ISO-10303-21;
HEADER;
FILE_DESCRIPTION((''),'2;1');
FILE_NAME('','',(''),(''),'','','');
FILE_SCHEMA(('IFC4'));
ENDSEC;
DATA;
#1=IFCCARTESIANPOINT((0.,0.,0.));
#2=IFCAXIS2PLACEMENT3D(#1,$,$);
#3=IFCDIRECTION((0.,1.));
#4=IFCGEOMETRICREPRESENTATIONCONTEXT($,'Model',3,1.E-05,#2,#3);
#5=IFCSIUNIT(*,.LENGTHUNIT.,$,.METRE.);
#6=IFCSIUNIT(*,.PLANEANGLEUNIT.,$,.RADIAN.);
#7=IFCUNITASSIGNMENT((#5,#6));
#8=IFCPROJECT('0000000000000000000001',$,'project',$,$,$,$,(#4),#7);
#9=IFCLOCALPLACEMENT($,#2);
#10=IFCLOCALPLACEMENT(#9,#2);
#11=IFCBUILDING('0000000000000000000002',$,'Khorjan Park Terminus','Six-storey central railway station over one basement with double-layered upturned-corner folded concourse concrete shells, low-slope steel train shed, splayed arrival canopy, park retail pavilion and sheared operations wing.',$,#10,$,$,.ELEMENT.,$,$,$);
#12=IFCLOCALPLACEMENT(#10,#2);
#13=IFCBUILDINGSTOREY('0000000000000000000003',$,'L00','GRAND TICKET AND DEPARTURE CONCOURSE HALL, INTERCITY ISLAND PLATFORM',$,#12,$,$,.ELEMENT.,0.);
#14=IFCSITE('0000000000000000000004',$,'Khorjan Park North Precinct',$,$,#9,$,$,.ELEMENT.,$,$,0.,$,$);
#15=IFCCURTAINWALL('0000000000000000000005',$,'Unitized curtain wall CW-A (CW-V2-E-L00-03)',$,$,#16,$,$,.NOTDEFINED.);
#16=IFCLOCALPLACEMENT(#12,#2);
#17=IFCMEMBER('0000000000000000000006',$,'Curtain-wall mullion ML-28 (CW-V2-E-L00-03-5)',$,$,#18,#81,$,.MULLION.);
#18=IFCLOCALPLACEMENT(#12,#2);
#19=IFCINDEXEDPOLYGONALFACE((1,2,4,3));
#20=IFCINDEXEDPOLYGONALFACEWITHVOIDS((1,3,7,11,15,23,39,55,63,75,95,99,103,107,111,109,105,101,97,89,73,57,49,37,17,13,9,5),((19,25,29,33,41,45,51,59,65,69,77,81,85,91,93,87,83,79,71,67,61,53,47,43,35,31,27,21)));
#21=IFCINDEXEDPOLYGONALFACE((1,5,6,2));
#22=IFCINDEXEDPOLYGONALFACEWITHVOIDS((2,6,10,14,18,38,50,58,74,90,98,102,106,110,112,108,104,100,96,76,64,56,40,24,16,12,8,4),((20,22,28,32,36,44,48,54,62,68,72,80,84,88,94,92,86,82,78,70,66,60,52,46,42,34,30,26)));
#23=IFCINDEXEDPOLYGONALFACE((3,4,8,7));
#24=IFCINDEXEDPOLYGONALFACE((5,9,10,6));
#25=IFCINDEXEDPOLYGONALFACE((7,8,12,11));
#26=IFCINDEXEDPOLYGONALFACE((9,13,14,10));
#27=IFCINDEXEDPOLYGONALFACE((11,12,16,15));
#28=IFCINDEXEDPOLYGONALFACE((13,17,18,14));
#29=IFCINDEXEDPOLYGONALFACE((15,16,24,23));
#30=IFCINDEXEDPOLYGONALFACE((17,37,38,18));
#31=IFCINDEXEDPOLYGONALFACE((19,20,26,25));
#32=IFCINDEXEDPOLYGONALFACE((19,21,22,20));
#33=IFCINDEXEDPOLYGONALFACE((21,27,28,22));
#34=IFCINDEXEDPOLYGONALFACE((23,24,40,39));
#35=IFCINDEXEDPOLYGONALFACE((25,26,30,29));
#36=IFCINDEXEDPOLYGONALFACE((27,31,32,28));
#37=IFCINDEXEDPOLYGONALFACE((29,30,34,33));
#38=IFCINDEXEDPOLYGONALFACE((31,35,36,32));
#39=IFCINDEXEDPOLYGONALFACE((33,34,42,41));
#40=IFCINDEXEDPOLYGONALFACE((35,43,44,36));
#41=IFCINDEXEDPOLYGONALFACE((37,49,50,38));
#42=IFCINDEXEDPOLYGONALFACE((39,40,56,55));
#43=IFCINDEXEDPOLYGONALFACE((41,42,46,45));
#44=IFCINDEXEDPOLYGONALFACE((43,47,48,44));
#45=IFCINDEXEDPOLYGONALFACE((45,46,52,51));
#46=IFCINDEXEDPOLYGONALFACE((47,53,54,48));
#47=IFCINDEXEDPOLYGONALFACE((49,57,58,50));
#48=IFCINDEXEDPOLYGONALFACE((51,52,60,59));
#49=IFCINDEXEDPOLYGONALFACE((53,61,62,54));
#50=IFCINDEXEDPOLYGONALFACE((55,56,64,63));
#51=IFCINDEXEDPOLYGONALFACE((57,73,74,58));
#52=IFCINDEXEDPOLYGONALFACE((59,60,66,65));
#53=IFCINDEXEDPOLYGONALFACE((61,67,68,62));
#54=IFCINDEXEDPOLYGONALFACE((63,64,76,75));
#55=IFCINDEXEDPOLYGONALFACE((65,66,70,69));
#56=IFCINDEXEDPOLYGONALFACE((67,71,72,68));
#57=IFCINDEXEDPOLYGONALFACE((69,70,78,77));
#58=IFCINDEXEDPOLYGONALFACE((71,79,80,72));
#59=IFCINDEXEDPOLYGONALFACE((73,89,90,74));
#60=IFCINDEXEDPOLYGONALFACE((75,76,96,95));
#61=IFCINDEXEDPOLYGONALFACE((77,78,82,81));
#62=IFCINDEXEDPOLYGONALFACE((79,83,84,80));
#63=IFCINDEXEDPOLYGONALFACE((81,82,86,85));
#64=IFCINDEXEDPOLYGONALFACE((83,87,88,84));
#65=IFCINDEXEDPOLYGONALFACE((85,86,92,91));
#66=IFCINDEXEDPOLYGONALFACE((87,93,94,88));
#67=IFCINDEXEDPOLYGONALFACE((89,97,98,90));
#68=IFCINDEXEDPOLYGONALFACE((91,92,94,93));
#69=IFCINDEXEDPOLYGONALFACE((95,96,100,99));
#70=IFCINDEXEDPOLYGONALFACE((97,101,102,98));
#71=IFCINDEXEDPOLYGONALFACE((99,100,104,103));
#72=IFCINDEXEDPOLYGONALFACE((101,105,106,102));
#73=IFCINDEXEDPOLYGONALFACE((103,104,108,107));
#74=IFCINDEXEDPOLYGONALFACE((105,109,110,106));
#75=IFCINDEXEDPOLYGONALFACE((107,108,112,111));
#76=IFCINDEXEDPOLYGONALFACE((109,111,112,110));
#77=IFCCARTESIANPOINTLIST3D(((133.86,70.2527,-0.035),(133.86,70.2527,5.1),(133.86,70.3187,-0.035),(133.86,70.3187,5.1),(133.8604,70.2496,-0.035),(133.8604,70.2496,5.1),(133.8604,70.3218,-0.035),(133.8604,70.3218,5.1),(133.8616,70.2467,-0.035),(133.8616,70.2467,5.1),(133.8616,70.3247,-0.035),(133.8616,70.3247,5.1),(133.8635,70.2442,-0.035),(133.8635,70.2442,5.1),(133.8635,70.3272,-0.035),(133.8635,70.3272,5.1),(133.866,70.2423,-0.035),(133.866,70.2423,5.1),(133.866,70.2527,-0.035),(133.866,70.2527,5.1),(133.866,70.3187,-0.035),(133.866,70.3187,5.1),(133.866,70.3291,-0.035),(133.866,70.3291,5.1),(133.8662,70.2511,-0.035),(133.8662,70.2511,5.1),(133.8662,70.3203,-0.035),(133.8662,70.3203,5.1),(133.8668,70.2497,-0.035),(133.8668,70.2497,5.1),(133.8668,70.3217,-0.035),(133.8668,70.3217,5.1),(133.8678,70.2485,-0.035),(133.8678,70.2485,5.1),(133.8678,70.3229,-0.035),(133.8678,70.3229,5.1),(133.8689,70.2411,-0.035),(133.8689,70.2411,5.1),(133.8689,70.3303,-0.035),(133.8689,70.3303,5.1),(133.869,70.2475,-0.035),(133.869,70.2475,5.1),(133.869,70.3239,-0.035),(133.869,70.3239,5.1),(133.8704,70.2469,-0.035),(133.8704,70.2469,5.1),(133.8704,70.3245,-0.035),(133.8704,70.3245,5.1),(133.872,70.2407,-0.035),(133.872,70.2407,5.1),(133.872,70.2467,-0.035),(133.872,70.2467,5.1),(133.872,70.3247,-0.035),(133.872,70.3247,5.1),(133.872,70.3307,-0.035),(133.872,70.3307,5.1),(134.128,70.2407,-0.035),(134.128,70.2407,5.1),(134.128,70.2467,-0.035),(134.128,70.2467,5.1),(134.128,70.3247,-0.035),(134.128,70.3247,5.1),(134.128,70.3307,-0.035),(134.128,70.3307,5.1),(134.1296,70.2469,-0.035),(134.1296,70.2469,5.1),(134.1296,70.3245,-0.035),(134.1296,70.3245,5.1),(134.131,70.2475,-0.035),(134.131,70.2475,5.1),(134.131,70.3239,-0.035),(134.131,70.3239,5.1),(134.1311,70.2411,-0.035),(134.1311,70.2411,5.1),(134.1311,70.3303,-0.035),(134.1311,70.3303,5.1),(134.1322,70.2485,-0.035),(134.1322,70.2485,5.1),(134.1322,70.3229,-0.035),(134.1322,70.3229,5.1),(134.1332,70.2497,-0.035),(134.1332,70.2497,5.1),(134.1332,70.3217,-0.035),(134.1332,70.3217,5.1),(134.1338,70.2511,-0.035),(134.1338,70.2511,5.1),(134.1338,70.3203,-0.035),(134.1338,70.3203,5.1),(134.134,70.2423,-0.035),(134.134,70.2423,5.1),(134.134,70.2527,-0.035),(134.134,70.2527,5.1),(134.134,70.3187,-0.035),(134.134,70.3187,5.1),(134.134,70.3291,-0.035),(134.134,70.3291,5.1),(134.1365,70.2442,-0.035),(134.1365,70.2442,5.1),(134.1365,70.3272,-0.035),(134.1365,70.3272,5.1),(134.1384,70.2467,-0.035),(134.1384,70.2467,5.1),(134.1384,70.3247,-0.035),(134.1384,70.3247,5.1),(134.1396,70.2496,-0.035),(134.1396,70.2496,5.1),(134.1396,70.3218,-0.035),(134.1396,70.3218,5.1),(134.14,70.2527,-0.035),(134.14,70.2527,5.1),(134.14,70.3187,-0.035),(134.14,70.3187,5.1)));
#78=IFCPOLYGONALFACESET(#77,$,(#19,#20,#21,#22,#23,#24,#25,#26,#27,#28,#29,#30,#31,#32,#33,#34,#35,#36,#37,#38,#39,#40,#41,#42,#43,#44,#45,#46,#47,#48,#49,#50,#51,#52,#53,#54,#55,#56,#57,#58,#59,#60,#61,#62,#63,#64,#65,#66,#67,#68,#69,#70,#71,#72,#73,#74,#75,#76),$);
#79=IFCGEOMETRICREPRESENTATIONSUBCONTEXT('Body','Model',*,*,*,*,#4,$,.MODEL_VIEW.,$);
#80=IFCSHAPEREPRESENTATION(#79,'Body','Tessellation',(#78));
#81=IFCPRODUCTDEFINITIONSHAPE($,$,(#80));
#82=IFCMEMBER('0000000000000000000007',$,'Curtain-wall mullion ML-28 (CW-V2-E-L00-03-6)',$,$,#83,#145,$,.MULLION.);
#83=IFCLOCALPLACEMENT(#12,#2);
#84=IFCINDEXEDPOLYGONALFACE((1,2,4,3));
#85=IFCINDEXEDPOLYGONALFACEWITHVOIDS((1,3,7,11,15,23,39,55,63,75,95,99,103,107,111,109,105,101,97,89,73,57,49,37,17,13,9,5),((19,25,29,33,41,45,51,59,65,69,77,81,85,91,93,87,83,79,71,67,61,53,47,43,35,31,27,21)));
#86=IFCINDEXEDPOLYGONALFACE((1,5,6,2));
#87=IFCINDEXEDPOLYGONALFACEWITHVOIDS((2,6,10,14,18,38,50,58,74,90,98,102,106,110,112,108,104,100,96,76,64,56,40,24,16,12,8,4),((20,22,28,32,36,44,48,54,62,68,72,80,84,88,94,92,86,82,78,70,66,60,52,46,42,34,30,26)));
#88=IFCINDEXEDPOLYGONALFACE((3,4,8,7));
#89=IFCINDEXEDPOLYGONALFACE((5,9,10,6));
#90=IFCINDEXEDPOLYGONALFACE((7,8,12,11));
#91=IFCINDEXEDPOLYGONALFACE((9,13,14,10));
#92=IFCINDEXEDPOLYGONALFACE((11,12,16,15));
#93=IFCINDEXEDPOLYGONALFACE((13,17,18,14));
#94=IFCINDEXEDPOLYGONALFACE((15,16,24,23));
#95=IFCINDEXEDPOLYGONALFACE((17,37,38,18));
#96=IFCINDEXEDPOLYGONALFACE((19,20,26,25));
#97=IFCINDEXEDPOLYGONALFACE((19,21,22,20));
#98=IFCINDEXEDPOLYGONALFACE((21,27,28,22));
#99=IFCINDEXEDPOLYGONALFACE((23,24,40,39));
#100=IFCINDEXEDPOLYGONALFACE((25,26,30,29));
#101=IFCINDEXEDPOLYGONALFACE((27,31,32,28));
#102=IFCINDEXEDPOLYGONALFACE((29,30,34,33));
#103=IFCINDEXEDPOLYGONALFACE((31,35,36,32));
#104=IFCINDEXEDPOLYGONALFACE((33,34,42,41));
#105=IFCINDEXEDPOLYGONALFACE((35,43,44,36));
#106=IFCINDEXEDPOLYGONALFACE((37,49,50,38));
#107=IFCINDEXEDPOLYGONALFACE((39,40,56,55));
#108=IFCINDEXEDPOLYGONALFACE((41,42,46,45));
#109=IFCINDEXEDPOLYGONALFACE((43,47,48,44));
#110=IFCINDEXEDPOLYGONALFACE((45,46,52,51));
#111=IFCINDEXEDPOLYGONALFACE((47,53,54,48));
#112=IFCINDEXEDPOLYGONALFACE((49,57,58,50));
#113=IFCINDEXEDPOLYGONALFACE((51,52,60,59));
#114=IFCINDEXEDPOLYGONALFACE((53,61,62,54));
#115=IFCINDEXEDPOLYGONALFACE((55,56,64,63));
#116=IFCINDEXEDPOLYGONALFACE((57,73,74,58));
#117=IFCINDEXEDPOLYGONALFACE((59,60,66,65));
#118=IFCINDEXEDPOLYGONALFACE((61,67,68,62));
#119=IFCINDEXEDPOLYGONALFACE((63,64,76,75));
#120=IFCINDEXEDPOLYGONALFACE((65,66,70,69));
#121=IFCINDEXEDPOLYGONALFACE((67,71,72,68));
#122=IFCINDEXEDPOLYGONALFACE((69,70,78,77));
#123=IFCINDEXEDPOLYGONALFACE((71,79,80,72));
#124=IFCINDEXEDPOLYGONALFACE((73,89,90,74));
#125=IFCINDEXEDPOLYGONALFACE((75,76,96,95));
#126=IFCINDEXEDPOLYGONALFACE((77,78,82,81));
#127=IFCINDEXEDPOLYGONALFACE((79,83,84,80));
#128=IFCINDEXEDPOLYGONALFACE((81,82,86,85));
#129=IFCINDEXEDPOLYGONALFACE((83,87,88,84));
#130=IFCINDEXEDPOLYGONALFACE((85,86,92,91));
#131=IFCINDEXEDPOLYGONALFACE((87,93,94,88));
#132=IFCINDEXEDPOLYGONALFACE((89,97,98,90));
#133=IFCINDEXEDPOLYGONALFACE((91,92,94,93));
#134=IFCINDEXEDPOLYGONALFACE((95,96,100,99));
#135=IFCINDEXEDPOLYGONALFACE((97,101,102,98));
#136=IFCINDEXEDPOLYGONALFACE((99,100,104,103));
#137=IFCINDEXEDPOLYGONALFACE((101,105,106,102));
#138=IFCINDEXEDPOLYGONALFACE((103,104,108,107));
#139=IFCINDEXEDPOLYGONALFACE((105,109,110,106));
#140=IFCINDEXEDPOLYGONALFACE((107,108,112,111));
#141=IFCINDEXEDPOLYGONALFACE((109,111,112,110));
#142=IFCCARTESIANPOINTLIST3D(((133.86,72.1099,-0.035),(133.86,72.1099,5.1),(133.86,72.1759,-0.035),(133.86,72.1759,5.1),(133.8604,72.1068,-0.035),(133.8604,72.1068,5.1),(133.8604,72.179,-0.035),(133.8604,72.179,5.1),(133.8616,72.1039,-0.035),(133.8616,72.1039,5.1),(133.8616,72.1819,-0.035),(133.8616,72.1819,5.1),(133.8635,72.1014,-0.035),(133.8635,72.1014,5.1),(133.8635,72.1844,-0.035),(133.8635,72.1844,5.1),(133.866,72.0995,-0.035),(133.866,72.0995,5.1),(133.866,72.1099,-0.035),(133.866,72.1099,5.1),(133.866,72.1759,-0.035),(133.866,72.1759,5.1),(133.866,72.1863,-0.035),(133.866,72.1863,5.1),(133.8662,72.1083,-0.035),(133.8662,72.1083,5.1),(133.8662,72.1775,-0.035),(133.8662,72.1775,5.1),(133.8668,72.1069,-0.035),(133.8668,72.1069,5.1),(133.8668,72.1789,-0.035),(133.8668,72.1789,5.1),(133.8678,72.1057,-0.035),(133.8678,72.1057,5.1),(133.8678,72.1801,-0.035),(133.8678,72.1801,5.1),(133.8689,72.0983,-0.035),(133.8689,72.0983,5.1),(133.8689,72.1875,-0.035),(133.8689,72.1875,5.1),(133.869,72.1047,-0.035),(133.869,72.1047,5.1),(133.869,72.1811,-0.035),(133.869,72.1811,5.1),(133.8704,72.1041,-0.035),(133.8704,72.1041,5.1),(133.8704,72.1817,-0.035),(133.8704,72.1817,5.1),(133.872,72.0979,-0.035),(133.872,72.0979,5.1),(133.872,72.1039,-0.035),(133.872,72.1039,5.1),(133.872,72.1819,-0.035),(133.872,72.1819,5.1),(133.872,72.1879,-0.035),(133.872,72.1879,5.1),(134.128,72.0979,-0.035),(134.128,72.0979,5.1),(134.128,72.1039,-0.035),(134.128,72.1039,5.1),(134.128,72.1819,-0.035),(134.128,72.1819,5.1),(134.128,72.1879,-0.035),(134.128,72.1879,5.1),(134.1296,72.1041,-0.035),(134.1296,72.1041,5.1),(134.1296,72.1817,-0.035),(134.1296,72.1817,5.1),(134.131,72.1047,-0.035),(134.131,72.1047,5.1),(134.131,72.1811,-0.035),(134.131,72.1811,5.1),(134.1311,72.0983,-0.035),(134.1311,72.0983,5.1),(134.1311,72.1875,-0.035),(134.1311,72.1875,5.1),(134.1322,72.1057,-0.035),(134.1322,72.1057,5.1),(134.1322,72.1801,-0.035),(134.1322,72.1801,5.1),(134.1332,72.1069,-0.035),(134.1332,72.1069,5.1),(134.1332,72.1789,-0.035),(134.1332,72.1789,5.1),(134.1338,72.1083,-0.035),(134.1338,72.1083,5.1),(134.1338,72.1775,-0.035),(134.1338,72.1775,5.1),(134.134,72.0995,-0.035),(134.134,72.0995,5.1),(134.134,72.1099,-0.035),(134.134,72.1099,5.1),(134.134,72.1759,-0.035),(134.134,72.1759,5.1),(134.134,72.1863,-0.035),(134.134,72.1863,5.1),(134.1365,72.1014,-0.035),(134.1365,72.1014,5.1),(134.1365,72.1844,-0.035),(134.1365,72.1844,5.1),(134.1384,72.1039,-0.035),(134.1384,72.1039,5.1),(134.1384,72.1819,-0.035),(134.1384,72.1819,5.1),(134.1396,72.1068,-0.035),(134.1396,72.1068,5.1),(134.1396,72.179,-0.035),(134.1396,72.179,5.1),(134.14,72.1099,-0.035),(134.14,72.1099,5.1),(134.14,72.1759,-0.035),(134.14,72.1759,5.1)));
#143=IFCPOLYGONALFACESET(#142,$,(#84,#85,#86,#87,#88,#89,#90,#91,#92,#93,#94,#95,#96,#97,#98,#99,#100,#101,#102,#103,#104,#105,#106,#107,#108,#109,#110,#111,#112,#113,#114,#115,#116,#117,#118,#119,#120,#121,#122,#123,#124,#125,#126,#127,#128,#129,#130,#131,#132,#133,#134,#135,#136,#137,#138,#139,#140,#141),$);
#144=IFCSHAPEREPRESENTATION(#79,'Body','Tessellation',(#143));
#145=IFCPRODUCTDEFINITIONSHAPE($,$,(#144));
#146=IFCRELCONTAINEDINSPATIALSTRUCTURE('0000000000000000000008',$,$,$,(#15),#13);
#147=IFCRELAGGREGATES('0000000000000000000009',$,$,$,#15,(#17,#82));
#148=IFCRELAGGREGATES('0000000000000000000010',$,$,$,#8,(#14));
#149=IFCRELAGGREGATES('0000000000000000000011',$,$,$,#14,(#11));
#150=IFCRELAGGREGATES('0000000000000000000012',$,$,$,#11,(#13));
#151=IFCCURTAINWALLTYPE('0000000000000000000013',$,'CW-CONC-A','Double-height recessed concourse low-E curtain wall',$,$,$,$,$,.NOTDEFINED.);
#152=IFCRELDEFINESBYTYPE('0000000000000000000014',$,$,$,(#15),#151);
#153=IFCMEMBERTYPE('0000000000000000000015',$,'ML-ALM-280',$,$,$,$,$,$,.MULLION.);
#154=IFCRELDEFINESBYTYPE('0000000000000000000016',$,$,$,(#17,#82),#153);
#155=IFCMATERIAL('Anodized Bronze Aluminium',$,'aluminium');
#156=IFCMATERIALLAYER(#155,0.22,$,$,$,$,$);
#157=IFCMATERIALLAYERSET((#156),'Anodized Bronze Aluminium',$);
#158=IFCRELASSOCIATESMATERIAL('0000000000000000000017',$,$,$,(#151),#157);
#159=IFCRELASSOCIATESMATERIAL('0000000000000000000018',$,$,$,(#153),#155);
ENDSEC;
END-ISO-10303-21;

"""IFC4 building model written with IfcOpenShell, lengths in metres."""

from ifc_helpers import new_model, si_unit, direction, frame, origin, origin_2d, place, context, subcontext, project, spatial, hollow_rectangle, extrude, material, layer, layer_set, material_profile, profile_set, type_object, element, aggregate, save


model = new_model("IFC4")

# Units and contexts
model_context = context("Model", 3, precision=1e-05, world=origin(), true_north=direction((0.0, 1.0)))
body_context = subcontext(model_context, "Body", "Model", "MODEL_VIEW")
ifc_project = project(units=[si_unit("LENGTHUNIT", "METRE"), si_unit("PLANEANGLEUNIT", "RADIAN")], contexts=[model_context])

# Site, building, storey
site_placement = place(None, origin())
site = spatial("IfcSite", under=ifc_project, at=site_placement, Name="Khorjan Park North Precinct", CompositionType="ELEMENT", RefElevation=0.0)
building_placement = place(site_placement, origin())
building = spatial("IfcBuilding", under=site, at=building_placement, Name="Khorjan Park Terminus", Description="Six-storey central railway station over one basement with double-layered upturned-corner folded concourse concrete shells, low-slope steel train shed, splayed arrival canopy, park retail pavilion and sheared operations wing.", CompositionType="ELEMENT")
storey_placement = place(building_placement, origin())
storey = spatial("IfcBuildingStorey", under=building, at=storey_placement, Name="L00", Description="GRAND TICKET AND DEPARTURE CONCOURSE HALL, INTERCITY ISLAND PLATFORM", CompositionType="ELEMENT", Elevation=0.0)

# Curtain wall, members
ifc_material_1 = material(Name="Anodized Bronze Aluminium", Category="aluminium")
ifc_layer_1 = layer(ifc_material_1, 0.22)
ifc_layer_set_1 = layer_set([ifc_layer_1], Name="Anodized Bronze Aluminium")
curtain_wall_type = type_object("IfcCurtainWallType", Name="CW-CONC-A", Description="Double-height recessed concourse low-E curtain wall", PredefinedType="NOTDEFINED", material=ifc_layer_set_1)
curtain_wall_1_placement = place(storey_placement, origin())
curtain_wall_1 = element("IfcCurtainWall", 1, at=curtain_wall_1_placement, inside=storey, type_object=curtain_wall_type, Name="Unitized curtain wall CW-A (CW-V2-E-L00-03)", PredefinedType="NOTDEFINED")
ifc_material_profile_1 = material_profile(ifc_material_1, hollow_rectangle(XDim=0.09, YDim=0.28, WallThickness=0.006, InnerFilletRadius=0.006, OuterFilletRadius=0.012, at=origin_2d()), Name="ALM 90x280x6")
ifc_profile_set_1 = profile_set([ifc_material_profile_1], Name="Anodized Bronze Aluminium")
member_type_1 = type_object("IfcMemberType", Name="ML-ALM-280", PredefinedType="MULLION", material=ifc_profile_set_1)
member_1_placement = place(storey_placement, frame((134.0, 70.2857, -0.035), z_axis=(0.0, 0.0, 1.0), x_axis=(0.0, 1.0, 0.0)))
member_1 = element("IfcMember", 2, at=member_1_placement, type_object=member_type_1, Name="Curtain-wall mullion ML-28 (CW-V2-E-L00-03-5)", PredefinedType="MULLION", context=body_context, shape_type="SweptSolid", body=[
    extrude(hollow_rectangle(XDim=0.09, YDim=0.28, WallThickness=0.006, InnerFilletRadius=0.006, OuterFilletRadius=0.012, at=origin_2d()), origin(), (0.0, 0.0, 1.0), 5.135),
])
member_2_placement = place(storey_placement, frame((134.0, 72.1429, -0.035), z_axis=(0.0, 0.0, 1.0), x_axis=(0.0, 1.0, 0.0)))
member_2 = element("IfcMember", 3, at=member_2_placement, type_object=member_type_1, Name="Curtain-wall mullion ML-28 (CW-V2-E-L00-03-6)", PredefinedType="MULLION", context=body_context, shape_type="SweptSolid", body=[
    extrude(hollow_rectangle(XDim=0.09, YDim=0.28, WallThickness=0.006, InnerFilletRadius=0.006, OuterFilletRadius=0.012, at=origin_2d()), origin(), (0.0, 0.0, 1.0), 5.135),
])

aggregate(curtain_wall_1, [member_1, member_2])

save(model, "model.ifc")
